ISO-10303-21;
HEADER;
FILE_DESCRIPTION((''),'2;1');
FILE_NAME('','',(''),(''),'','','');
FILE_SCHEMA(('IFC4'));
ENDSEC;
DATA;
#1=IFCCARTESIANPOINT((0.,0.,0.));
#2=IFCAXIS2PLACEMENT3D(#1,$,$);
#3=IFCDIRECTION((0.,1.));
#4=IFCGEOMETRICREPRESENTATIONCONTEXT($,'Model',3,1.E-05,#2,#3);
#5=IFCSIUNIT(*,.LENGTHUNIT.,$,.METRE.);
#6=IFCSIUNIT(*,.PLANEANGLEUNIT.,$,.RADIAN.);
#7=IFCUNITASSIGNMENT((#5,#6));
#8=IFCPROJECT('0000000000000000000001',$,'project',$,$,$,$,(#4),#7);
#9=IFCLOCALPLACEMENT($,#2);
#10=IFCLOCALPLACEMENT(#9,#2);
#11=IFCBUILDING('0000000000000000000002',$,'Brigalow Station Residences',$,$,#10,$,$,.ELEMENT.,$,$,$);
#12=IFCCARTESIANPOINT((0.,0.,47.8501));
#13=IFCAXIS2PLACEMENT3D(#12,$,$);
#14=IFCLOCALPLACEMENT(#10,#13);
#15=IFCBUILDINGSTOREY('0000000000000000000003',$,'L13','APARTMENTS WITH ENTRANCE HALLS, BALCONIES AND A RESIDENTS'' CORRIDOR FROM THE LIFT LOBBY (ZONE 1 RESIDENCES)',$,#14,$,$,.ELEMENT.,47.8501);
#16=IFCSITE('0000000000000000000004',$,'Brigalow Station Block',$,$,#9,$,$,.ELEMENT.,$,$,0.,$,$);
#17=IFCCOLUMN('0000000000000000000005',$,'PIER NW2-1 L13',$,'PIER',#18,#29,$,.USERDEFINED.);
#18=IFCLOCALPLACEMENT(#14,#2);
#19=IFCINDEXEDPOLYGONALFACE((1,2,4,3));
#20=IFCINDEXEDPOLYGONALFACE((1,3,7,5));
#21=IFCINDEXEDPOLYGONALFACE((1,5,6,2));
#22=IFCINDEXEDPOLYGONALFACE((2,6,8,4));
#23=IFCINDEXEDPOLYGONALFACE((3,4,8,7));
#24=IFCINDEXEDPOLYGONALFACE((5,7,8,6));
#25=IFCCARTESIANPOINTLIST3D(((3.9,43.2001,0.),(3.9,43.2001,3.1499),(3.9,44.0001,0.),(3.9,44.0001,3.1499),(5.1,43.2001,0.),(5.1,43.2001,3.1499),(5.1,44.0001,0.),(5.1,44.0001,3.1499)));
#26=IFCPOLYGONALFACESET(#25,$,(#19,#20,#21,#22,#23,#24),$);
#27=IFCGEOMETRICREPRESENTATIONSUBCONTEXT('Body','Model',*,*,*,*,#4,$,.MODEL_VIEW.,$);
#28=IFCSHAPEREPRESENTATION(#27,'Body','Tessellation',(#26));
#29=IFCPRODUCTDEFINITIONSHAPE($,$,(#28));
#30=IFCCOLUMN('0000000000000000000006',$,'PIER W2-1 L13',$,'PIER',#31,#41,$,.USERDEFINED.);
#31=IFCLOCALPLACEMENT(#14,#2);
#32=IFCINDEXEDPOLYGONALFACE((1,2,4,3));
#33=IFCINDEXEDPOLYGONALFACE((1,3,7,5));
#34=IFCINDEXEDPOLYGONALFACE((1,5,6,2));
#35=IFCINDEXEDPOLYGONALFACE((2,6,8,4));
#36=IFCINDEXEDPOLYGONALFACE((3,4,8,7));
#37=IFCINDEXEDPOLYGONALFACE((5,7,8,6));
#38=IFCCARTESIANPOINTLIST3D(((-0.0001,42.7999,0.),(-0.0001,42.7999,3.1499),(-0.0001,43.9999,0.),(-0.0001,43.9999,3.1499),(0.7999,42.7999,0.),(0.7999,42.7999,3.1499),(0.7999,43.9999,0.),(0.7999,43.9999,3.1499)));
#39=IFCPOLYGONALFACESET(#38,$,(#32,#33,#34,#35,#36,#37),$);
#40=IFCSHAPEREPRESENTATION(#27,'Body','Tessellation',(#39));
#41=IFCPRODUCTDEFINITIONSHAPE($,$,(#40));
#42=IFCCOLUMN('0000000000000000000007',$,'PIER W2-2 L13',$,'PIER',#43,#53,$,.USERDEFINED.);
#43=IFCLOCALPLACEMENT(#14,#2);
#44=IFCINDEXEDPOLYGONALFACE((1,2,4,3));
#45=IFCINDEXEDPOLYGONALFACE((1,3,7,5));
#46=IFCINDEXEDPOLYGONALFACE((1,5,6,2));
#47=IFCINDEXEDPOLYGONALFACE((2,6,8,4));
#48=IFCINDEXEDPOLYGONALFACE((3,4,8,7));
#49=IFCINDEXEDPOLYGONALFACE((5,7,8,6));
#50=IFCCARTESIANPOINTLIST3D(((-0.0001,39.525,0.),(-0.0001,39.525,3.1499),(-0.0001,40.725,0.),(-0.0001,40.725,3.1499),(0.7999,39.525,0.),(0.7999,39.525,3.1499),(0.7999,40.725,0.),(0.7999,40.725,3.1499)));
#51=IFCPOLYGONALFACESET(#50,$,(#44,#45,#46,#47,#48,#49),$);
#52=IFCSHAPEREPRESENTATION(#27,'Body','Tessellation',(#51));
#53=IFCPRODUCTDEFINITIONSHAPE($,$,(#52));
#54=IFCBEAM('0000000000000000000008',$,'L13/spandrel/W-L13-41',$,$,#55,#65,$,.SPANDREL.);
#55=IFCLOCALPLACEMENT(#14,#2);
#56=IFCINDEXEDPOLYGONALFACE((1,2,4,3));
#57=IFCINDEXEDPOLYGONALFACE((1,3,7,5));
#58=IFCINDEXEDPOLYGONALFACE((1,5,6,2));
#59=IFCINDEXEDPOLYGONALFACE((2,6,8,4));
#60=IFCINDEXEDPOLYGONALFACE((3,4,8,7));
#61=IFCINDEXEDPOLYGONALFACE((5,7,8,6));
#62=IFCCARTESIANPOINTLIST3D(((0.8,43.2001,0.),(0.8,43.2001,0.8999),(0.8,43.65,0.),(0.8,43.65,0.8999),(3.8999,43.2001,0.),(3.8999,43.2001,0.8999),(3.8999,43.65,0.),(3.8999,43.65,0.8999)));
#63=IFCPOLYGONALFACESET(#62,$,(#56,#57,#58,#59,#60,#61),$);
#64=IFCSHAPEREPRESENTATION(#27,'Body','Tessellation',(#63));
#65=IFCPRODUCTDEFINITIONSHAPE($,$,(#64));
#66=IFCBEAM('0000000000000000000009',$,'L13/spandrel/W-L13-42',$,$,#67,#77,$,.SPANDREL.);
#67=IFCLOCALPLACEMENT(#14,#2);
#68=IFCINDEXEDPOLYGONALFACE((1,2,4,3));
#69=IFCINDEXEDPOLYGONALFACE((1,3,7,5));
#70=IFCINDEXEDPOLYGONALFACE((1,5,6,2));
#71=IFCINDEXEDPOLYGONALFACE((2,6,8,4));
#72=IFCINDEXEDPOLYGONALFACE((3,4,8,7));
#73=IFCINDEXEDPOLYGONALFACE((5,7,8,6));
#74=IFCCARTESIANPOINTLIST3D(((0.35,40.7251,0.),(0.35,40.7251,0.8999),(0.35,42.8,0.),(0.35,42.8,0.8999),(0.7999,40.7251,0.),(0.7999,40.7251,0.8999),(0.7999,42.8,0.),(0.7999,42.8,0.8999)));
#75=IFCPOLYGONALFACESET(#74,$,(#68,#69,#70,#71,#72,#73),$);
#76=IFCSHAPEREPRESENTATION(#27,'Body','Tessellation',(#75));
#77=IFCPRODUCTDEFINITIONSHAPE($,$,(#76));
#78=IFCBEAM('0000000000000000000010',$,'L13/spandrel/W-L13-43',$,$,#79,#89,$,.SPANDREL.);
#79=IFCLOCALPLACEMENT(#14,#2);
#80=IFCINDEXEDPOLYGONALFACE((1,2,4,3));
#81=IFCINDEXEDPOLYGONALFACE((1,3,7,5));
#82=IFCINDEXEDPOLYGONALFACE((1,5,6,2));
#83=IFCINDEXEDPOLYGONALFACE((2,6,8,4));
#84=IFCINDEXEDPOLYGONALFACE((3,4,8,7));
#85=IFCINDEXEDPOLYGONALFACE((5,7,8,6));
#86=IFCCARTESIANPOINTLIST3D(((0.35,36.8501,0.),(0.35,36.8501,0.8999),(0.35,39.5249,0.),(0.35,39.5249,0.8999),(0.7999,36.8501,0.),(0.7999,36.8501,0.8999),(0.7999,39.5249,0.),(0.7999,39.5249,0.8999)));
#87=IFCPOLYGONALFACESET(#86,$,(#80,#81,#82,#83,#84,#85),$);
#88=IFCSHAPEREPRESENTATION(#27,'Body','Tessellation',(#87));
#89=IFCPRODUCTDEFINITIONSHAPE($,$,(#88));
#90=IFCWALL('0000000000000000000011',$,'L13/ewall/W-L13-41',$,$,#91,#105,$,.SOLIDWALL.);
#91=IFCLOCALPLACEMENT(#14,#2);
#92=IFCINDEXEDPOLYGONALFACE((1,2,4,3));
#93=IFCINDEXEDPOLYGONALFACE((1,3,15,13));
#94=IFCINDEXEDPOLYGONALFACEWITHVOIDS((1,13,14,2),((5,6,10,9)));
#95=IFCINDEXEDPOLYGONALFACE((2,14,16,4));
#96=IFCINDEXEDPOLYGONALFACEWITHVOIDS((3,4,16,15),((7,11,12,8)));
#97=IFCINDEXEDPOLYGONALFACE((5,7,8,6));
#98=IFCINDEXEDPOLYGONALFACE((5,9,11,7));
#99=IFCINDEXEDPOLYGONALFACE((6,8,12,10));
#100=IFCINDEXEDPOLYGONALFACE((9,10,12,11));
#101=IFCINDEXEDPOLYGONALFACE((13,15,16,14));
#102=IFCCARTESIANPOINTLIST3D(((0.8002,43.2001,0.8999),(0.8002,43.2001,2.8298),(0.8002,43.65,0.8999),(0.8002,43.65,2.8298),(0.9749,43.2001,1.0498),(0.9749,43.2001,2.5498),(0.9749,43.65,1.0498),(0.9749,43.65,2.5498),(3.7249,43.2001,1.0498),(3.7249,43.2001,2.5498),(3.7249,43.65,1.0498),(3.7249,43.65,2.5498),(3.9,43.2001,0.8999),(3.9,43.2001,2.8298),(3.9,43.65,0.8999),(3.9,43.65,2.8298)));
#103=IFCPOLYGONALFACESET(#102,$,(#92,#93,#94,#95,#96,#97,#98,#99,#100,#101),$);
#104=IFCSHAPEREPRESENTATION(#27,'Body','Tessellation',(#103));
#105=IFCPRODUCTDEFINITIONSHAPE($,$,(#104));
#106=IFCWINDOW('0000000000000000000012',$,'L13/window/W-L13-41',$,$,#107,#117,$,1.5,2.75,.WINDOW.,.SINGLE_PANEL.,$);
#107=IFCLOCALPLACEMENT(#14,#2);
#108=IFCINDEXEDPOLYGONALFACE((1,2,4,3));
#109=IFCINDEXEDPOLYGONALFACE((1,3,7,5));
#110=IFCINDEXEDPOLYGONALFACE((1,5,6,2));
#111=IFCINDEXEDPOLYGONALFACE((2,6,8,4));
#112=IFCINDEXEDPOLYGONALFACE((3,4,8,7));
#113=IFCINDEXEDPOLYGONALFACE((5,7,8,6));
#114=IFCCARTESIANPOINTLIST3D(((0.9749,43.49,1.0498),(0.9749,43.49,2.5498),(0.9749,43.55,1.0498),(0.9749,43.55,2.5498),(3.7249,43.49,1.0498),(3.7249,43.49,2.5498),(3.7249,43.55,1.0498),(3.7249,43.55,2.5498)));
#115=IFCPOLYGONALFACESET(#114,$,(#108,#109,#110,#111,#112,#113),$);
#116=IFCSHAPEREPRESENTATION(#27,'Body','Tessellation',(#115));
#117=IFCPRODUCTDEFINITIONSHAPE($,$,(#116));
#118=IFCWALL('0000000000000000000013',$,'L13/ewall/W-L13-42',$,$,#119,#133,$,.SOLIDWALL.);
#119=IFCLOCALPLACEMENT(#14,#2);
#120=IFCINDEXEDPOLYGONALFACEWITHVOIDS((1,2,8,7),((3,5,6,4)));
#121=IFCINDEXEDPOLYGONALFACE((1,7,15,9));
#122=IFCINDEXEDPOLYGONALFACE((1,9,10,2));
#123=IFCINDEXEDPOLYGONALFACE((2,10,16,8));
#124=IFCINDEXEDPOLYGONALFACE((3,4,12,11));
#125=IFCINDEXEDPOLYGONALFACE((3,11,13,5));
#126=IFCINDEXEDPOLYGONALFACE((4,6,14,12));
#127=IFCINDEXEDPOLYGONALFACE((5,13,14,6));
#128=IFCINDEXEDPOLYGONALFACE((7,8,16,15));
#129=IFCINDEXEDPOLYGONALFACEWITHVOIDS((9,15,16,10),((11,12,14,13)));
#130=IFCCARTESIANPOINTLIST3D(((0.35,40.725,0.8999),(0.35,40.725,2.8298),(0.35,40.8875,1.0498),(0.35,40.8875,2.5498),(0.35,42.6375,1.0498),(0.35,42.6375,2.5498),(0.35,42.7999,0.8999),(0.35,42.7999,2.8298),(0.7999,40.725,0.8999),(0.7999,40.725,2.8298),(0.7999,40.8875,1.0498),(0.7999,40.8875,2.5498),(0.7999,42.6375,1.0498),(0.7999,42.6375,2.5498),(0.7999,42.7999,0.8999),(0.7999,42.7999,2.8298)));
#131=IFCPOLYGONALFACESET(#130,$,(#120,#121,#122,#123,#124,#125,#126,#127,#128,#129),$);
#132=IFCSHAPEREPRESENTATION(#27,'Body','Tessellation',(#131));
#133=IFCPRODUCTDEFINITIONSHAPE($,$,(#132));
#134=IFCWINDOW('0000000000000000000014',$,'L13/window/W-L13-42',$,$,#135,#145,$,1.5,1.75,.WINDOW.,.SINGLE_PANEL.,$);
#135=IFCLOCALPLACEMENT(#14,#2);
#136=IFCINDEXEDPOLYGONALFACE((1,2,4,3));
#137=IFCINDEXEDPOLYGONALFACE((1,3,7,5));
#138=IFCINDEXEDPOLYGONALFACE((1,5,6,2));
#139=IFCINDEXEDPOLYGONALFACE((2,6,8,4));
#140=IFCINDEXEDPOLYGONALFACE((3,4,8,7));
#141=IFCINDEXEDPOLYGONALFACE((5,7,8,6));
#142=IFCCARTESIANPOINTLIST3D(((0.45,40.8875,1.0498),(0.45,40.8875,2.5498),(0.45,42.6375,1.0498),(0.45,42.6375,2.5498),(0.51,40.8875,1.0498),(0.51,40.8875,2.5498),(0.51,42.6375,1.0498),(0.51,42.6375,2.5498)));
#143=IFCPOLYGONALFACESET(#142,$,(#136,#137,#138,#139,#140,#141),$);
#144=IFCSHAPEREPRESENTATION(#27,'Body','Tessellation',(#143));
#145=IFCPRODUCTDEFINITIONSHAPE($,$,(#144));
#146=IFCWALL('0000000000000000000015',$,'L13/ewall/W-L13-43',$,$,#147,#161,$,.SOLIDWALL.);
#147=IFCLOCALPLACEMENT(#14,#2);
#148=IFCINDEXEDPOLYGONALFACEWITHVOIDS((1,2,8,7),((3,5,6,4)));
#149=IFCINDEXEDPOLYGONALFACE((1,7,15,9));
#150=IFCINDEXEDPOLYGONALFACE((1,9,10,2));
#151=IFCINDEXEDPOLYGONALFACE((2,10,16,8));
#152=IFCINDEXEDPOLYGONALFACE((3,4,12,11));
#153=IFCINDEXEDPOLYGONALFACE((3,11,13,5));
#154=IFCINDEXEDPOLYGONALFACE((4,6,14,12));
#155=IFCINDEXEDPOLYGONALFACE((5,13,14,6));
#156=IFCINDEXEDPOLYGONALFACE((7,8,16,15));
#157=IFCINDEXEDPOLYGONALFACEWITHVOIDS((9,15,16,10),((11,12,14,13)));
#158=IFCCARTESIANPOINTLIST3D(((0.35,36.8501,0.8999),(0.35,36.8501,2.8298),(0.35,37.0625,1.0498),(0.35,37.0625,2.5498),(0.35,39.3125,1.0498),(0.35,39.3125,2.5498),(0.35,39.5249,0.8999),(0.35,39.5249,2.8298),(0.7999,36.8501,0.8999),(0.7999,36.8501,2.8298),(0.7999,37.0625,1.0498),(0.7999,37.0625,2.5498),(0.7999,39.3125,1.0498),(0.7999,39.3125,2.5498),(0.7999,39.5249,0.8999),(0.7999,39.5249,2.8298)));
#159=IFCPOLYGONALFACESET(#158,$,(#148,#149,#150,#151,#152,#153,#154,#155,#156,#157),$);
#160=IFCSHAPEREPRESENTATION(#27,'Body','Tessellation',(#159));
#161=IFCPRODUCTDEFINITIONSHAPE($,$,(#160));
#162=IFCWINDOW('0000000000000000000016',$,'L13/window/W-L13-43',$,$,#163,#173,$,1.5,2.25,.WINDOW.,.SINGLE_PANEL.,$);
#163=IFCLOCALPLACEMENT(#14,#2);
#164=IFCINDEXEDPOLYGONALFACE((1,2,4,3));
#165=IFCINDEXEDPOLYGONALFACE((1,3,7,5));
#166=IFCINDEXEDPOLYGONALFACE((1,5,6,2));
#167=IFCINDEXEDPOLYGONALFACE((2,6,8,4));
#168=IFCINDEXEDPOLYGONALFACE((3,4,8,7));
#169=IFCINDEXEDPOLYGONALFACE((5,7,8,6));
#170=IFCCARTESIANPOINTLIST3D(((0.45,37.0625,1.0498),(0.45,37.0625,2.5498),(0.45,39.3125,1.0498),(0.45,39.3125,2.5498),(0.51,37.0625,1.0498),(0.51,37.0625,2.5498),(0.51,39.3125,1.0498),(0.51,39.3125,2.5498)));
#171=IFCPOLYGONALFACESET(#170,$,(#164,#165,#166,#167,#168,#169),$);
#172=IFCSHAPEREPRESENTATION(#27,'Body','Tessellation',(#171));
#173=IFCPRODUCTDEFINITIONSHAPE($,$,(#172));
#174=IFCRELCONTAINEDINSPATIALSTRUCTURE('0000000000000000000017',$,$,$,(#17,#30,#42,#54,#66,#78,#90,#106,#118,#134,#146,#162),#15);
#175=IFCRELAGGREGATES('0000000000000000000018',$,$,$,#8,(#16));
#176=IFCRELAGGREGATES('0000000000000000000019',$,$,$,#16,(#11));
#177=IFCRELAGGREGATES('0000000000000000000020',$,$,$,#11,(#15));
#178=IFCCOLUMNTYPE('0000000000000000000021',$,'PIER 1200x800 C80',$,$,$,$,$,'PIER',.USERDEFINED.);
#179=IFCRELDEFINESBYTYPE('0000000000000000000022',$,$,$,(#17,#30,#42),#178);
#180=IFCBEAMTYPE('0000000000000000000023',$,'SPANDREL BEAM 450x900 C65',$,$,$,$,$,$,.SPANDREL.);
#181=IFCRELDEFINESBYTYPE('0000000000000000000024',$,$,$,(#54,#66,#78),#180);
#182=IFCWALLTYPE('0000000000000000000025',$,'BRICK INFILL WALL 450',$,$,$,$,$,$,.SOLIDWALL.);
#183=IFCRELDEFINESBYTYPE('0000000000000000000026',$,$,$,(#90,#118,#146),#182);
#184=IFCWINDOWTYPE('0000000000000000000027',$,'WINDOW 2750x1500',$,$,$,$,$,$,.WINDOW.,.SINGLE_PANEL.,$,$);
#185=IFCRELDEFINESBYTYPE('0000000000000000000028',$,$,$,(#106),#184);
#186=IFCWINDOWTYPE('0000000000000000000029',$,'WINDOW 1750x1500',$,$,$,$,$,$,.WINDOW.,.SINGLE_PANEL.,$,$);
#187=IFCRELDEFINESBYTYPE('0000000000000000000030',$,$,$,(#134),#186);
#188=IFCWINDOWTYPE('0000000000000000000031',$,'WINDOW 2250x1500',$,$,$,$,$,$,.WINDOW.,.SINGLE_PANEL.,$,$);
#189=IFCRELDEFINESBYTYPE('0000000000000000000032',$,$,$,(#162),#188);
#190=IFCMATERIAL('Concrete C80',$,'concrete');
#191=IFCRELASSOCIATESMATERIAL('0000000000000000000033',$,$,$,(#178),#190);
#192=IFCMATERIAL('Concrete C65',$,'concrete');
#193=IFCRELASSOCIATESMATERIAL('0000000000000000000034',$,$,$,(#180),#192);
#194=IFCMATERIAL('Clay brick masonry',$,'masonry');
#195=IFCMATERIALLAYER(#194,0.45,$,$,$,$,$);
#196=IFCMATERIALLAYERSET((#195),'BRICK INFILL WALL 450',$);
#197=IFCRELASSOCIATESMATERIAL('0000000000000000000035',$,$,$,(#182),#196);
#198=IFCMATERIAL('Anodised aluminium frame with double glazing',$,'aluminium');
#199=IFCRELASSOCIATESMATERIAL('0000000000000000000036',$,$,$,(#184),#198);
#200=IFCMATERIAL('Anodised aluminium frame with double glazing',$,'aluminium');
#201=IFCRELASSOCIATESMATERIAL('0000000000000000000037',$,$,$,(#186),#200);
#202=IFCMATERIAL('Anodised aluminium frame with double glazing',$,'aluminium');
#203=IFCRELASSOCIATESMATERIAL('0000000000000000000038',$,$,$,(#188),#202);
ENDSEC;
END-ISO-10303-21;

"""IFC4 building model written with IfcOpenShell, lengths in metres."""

from ifc_helpers import new_model, si_unit, direction, frame, frame_2d, origin, origin_2d, place, context, subcontext, project, spatial, rectangle, extrude, material, layer, layer_set, material_profile, profile_set, type_object, element, fill, save


model = new_model("IFC4")

# Units and contexts
model_context = context("Model", 3, precision=1e-05, world=origin(), true_north=direction((0.0, 1.0)))
body_context = subcontext(model_context, "Body", "Model", "MODEL_VIEW")
ifc_project = project(units=[si_unit("LENGTHUNIT", "METRE"), si_unit("PLANEANGLEUNIT", "RADIAN")], contexts=[model_context])

# Site, building, storey
site_placement = place(None, origin())
site = spatial("IfcSite", under=ifc_project, at=site_placement, Name="Brigalow Station Block", CompositionType="ELEMENT", RefElevation=0.0)
building_placement = place(site_placement, origin())
building = spatial("IfcBuilding", under=site, at=building_placement, Name="Brigalow Station Residences", CompositionType="ELEMENT")
storey_placement = place(building_placement, frame((0.0, 0.0, 47.8501)))
storey = spatial("IfcBuildingStorey", under=building, at=storey_placement, Name="L13", Description="APARTMENTS WITH ENTRANCE HALLS, BALCONIES AND A RESIDENTS' CORRIDOR FROM THE LIFT LOBBY (ZONE 1 RESIDENCES)", CompositionType="ELEMENT", Elevation=47.8501)

# Columns
ifc_material_1 = material(Name="Concrete C80", Category="concrete")
ifc_material_profile_1 = material_profile(ifc_material_1, rectangle(XDim=1.2, YDim=0.8, at=origin_2d()), Name="RC1200x800")
ifc_profile_set_1 = profile_set([ifc_material_profile_1], Name="Concrete C80")
column_type = type_object("IfcColumnType", Name="PIER 1200x800 C80", ElementType="PIER", PredefinedType="USERDEFINED", material=ifc_profile_set_1)
for number, where, z_axis, x_axis, name in (
    (1, (4.5, 43.6001, 0.0), (0.0, 0.0, 1.0), (-1.0, 0.0, 0.0), "PIER NW2-1 L13"),
    (2, (0.3999, 43.3999, 0.0), (0.0, 0.0, 1.0), (0.0, -1.0, 0.0), "PIER W2-1 L13"),
    (3, (0.3999, 40.125, 0.0), (0.0, 0.0, 1.0), (0.0, -1.0, 0.0), "PIER W2-2 L13"),
):
    element("IfcColumn", number, at=place(storey_placement, frame(where, z_axis=z_axis, x_axis=x_axis)), inside=storey, type_object=column_type, Name=name, ObjectType="PIER", PredefinedType="USERDEFINED", context=body_context, shape_type="SweptSolid", body=[
        extrude(rectangle(XDim=1.2, YDim=0.8, at=origin_2d()), origin(), (0.0, 0.0, 1.0), 3.1499),
    ])

# Beams
ifc_material_2 = material(Name="Concrete C65", Category="concrete")
ifc_material_profile_2 = material_profile(ifc_material_2, rectangle(XDim=0.45, YDim=0.8999, at=origin_2d()), Name="RC450x900")
ifc_profile_set_2 = profile_set([ifc_material_profile_2], Name="Concrete C65")
beam_type = type_object("IfcBeamType", Name="SPANDREL BEAM 450x900 C65", PredefinedType="SPANDREL", material=ifc_profile_set_2)
beam_1_placement = place(storey_placement, frame((3.8999, 43.425, 0.45), z_axis=(-1.0, 0.0, 0.0), x_axis=(0.0, -1.0, 0.0)))
element("IfcBeam", 4, at=beam_1_placement, inside=storey, type_object=beam_type, Name="L13/spandrel/W-L13-41", PredefinedType="SPANDREL", context=body_context, shape_type="SweptSolid", body=[
    extrude(rectangle(XDim=0.45, YDim=0.8999, at=origin_2d()), origin(), (0.0, 0.0, 1.0), 3.0999),
])
beam_2_placement = place(storey_placement, frame((0.575, 42.8, 0.45), z_axis=(0.0, -1.0, 0.0), x_axis=(1.0, 0.0, 0.0)))
element("IfcBeam", 5, at=beam_2_placement, inside=storey, type_object=beam_type, Name="L13/spandrel/W-L13-42", PredefinedType="SPANDREL", context=body_context, shape_type="SweptSolid", body=[
    extrude(rectangle(XDim=0.45, YDim=0.8999, at=origin_2d()), origin(), (0.0, 0.0, 1.0), 2.075),
])
beam_3_placement = place(storey_placement, frame((0.575, 39.5249, 0.45), z_axis=(0.0, -1.0, 0.0), x_axis=(1.0, 0.0, 0.0)))
element("IfcBeam", 6, at=beam_3_placement, inside=storey, type_object=beam_type, Name="L13/spandrel/W-L13-43", PredefinedType="SPANDREL", context=body_context, shape_type="SweptSolid", body=[
    extrude(rectangle(XDim=0.45, YDim=0.8999, at=origin_2d()), origin(), (0.0, 0.0, 1.0), 2.6748),
])

# Walls, openings, windows
ifc_material_3 = material(Name="Clay brick masonry", Category="masonry")
ifc_layer_1 = layer(ifc_material_3, 0.45)
ifc_layer_set_1 = layer_set([ifc_layer_1], Name="BRICK INFILL WALL 450")
wall_type_1 = type_object("IfcWallType", Name="BRICK INFILL WALL 450", PredefinedType="SOLIDWALL", material=ifc_layer_set_1)
wall_1_placement = place(storey_placement, frame((3.8999, 43.425, 0.8999), z_axis=(0.0, 0.0, 1.0), x_axis=(-1.0, 0.0, 0.0)))
wall_1 = element("IfcWall", 7, at=wall_1_placement, inside=storey, type_object=wall_type_1, Name="L13/ewall/W-L13-41", PredefinedType="SOLIDWALL", context=body_context, shape_type="SweptSolid", body=[
    extrude(rectangle(XDim=3.0999, YDim=0.45, at=frame_2d((1.5498, 0.0))), origin(), (0.0, 0.0, 1.0), 1.9299),
])
opening_1_placement = place(wall_1_placement, frame((0.175, 0.0, 0.1499)))
opening_1 = element("IfcOpeningElement", 8, at=opening_1_placement, cuts=wall_1, PredefinedType="OPENING", context=body_context, shape_type="SweptSolid", body=[
    extrude(rectangle(XDim=2.75, YDim=1.5, at=frame_2d((1.375, 0.75))), frame((0.0, 0.2349, 0.0), z_axis=(0.0, -1.0, 0.0), x_axis=(1.0, 0.0, 0.0)), (0.0, 0.0, 1.0), 0.47),
])
ifc_material_4 = material(Name="Anodised aluminium frame with double glazing", Category="aluminium")
window_type_1 = type_object("IfcWindowType", Name="WINDOW 2750x1500", PartitioningType="SINGLE_PANEL", PredefinedType="WINDOW", material=ifc_material_4)
window_1_placement = place(opening_1_placement, origin())
window_1 = element("IfcWindow", 9, at=window_1_placement, inside=storey, type_object=window_type_1, Name="L13/window/W-L13-41", OverallHeight=1.5, OverallWidth=2.75, PartitioningType="SINGLE_PANEL", PredefinedType="WINDOW", context=body_context, shape_type="SweptSolid", body=[
    extrude(rectangle(XDim=2.75, YDim=1.5, at=frame_2d((1.375, 0.75))), frame((0.0, -0.0649, 0.0), z_axis=(0.0, -1.0, 0.0), x_axis=(1.0, 0.0, 0.0)), (0.0, 0.0, 1.0), 0.0601),
])
fill(opening_1, window_1)
wall_2_placement = place(storey_placement, frame((0.575, 42.8, 0.8999), z_axis=(0.0, 0.0, 1.0), x_axis=(0.0, -1.0, 0.0)))
wall_2 = element("IfcWall", 10, at=wall_2_placement, inside=storey, type_object=wall_type_1, Name="L13/ewall/W-L13-42", PredefinedType="SOLIDWALL", context=body_context, shape_type="SweptSolid", body=[
    extrude(rectangle(XDim=2.075, YDim=0.45, at=frame_2d((1.0376, 0.0))), origin(), (0.0, 0.0, 1.0), 1.9299),
])
opening_2_placement = place(wall_2_placement, frame((0.1626, 0.0, 0.1499)))
opening_2 = element("IfcOpeningElement", 11, at=opening_2_placement, cuts=wall_2, PredefinedType="OPENING", context=body_context, shape_type="SweptSolid", body=[
    extrude(rectangle(XDim=1.75, YDim=1.5, at=frame_2d((0.875, 0.75))), frame((0.0, 0.2349, 0.0), z_axis=(0.0, -1.0, 0.0), x_axis=(1.0, 0.0, 0.0)), (0.0, 0.0, 1.0), 0.47),
])
ifc_material_5 = material(Name="Anodised aluminium frame with double glazing", Category="aluminium")
window_type_2 = type_object("IfcWindowType", Name="WINDOW 1750x1500", PartitioningType="SINGLE_PANEL", PredefinedType="WINDOW", material=ifc_material_5)
window_2_placement = place(opening_2_placement, origin())
window_2 = element("IfcWindow", 12, at=window_2_placement, inside=storey, type_object=window_type_2, Name="L13/window/W-L13-42", OverallHeight=1.5, OverallWidth=1.75, PartitioningType="SINGLE_PANEL", PredefinedType="WINDOW", context=body_context, shape_type="SweptSolid", body=[
    extrude(rectangle(XDim=1.75, YDim=1.5, at=frame_2d((0.875, 0.75))), frame((0.0, -0.0649, 0.0), z_axis=(0.0, -1.0, 0.0), x_axis=(1.0, 0.0, 0.0)), (0.0, 0.0, 1.0), 0.0601),
])
fill(opening_2, window_2)
wall_3_placement = place(storey_placement, frame((0.575, 39.5249, 0.8999), z_axis=(0.0, 0.0, 1.0), x_axis=(0.0, -1.0, 0.0)))
wall_3 = element("IfcWall", 13, at=wall_3_placement, inside=storey, type_object=wall_type_1, Name="L13/ewall/W-L13-43", PredefinedType="SOLIDWALL", context=body_context, shape_type="SweptSolid", body=[
    extrude(rectangle(XDim=2.6748, YDim=0.45, at=frame_2d((1.3374, 0.0))), origin(), (0.0, 0.0, 1.0), 1.9299),
])
opening_3_placement = place(wall_3_placement, frame((0.2124, 0.0, 0.1499)))
opening_3 = element("IfcOpeningElement", 14, at=opening_3_placement, cuts=wall_3, PredefinedType="OPENING", context=body_context, shape_type="SweptSolid", body=[
    extrude(rectangle(XDim=2.25, YDim=1.5, at=frame_2d((1.125, 0.75))), frame((0.0, 0.2349, 0.0), z_axis=(0.0, -1.0, 0.0), x_axis=(1.0, 0.0, 0.0)), (0.0, 0.0, 1.0), 0.47),
])
ifc_material_6 = material(Name="Anodised aluminium frame with double glazing", Category="aluminium")
window_type_3 = type_object("IfcWindowType", Name="WINDOW 2250x1500", PartitioningType="SINGLE_PANEL", PredefinedType="WINDOW", material=ifc_material_6)
window_3_placement = place(opening_3_placement, origin())
window_3 = element("IfcWindow", 15, at=window_3_placement, inside=storey, type_object=window_type_3, Name="L13/window/W-L13-43", OverallHeight=1.5, OverallWidth=2.25, PartitioningType="SINGLE_PANEL", PredefinedType="WINDOW", context=body_context, shape_type="SweptSolid", body=[
    extrude(rectangle(XDim=2.25, YDim=1.5, at=frame_2d((1.125, 0.75))), frame((0.0, -0.0649, 0.0), z_axis=(0.0, -1.0, 0.0), x_axis=(1.0, 0.0, 0.0)), (0.0, 0.0, 1.0), 0.0601),
])
fill(opening_3, window_3)

save(model, "model.ifc")
